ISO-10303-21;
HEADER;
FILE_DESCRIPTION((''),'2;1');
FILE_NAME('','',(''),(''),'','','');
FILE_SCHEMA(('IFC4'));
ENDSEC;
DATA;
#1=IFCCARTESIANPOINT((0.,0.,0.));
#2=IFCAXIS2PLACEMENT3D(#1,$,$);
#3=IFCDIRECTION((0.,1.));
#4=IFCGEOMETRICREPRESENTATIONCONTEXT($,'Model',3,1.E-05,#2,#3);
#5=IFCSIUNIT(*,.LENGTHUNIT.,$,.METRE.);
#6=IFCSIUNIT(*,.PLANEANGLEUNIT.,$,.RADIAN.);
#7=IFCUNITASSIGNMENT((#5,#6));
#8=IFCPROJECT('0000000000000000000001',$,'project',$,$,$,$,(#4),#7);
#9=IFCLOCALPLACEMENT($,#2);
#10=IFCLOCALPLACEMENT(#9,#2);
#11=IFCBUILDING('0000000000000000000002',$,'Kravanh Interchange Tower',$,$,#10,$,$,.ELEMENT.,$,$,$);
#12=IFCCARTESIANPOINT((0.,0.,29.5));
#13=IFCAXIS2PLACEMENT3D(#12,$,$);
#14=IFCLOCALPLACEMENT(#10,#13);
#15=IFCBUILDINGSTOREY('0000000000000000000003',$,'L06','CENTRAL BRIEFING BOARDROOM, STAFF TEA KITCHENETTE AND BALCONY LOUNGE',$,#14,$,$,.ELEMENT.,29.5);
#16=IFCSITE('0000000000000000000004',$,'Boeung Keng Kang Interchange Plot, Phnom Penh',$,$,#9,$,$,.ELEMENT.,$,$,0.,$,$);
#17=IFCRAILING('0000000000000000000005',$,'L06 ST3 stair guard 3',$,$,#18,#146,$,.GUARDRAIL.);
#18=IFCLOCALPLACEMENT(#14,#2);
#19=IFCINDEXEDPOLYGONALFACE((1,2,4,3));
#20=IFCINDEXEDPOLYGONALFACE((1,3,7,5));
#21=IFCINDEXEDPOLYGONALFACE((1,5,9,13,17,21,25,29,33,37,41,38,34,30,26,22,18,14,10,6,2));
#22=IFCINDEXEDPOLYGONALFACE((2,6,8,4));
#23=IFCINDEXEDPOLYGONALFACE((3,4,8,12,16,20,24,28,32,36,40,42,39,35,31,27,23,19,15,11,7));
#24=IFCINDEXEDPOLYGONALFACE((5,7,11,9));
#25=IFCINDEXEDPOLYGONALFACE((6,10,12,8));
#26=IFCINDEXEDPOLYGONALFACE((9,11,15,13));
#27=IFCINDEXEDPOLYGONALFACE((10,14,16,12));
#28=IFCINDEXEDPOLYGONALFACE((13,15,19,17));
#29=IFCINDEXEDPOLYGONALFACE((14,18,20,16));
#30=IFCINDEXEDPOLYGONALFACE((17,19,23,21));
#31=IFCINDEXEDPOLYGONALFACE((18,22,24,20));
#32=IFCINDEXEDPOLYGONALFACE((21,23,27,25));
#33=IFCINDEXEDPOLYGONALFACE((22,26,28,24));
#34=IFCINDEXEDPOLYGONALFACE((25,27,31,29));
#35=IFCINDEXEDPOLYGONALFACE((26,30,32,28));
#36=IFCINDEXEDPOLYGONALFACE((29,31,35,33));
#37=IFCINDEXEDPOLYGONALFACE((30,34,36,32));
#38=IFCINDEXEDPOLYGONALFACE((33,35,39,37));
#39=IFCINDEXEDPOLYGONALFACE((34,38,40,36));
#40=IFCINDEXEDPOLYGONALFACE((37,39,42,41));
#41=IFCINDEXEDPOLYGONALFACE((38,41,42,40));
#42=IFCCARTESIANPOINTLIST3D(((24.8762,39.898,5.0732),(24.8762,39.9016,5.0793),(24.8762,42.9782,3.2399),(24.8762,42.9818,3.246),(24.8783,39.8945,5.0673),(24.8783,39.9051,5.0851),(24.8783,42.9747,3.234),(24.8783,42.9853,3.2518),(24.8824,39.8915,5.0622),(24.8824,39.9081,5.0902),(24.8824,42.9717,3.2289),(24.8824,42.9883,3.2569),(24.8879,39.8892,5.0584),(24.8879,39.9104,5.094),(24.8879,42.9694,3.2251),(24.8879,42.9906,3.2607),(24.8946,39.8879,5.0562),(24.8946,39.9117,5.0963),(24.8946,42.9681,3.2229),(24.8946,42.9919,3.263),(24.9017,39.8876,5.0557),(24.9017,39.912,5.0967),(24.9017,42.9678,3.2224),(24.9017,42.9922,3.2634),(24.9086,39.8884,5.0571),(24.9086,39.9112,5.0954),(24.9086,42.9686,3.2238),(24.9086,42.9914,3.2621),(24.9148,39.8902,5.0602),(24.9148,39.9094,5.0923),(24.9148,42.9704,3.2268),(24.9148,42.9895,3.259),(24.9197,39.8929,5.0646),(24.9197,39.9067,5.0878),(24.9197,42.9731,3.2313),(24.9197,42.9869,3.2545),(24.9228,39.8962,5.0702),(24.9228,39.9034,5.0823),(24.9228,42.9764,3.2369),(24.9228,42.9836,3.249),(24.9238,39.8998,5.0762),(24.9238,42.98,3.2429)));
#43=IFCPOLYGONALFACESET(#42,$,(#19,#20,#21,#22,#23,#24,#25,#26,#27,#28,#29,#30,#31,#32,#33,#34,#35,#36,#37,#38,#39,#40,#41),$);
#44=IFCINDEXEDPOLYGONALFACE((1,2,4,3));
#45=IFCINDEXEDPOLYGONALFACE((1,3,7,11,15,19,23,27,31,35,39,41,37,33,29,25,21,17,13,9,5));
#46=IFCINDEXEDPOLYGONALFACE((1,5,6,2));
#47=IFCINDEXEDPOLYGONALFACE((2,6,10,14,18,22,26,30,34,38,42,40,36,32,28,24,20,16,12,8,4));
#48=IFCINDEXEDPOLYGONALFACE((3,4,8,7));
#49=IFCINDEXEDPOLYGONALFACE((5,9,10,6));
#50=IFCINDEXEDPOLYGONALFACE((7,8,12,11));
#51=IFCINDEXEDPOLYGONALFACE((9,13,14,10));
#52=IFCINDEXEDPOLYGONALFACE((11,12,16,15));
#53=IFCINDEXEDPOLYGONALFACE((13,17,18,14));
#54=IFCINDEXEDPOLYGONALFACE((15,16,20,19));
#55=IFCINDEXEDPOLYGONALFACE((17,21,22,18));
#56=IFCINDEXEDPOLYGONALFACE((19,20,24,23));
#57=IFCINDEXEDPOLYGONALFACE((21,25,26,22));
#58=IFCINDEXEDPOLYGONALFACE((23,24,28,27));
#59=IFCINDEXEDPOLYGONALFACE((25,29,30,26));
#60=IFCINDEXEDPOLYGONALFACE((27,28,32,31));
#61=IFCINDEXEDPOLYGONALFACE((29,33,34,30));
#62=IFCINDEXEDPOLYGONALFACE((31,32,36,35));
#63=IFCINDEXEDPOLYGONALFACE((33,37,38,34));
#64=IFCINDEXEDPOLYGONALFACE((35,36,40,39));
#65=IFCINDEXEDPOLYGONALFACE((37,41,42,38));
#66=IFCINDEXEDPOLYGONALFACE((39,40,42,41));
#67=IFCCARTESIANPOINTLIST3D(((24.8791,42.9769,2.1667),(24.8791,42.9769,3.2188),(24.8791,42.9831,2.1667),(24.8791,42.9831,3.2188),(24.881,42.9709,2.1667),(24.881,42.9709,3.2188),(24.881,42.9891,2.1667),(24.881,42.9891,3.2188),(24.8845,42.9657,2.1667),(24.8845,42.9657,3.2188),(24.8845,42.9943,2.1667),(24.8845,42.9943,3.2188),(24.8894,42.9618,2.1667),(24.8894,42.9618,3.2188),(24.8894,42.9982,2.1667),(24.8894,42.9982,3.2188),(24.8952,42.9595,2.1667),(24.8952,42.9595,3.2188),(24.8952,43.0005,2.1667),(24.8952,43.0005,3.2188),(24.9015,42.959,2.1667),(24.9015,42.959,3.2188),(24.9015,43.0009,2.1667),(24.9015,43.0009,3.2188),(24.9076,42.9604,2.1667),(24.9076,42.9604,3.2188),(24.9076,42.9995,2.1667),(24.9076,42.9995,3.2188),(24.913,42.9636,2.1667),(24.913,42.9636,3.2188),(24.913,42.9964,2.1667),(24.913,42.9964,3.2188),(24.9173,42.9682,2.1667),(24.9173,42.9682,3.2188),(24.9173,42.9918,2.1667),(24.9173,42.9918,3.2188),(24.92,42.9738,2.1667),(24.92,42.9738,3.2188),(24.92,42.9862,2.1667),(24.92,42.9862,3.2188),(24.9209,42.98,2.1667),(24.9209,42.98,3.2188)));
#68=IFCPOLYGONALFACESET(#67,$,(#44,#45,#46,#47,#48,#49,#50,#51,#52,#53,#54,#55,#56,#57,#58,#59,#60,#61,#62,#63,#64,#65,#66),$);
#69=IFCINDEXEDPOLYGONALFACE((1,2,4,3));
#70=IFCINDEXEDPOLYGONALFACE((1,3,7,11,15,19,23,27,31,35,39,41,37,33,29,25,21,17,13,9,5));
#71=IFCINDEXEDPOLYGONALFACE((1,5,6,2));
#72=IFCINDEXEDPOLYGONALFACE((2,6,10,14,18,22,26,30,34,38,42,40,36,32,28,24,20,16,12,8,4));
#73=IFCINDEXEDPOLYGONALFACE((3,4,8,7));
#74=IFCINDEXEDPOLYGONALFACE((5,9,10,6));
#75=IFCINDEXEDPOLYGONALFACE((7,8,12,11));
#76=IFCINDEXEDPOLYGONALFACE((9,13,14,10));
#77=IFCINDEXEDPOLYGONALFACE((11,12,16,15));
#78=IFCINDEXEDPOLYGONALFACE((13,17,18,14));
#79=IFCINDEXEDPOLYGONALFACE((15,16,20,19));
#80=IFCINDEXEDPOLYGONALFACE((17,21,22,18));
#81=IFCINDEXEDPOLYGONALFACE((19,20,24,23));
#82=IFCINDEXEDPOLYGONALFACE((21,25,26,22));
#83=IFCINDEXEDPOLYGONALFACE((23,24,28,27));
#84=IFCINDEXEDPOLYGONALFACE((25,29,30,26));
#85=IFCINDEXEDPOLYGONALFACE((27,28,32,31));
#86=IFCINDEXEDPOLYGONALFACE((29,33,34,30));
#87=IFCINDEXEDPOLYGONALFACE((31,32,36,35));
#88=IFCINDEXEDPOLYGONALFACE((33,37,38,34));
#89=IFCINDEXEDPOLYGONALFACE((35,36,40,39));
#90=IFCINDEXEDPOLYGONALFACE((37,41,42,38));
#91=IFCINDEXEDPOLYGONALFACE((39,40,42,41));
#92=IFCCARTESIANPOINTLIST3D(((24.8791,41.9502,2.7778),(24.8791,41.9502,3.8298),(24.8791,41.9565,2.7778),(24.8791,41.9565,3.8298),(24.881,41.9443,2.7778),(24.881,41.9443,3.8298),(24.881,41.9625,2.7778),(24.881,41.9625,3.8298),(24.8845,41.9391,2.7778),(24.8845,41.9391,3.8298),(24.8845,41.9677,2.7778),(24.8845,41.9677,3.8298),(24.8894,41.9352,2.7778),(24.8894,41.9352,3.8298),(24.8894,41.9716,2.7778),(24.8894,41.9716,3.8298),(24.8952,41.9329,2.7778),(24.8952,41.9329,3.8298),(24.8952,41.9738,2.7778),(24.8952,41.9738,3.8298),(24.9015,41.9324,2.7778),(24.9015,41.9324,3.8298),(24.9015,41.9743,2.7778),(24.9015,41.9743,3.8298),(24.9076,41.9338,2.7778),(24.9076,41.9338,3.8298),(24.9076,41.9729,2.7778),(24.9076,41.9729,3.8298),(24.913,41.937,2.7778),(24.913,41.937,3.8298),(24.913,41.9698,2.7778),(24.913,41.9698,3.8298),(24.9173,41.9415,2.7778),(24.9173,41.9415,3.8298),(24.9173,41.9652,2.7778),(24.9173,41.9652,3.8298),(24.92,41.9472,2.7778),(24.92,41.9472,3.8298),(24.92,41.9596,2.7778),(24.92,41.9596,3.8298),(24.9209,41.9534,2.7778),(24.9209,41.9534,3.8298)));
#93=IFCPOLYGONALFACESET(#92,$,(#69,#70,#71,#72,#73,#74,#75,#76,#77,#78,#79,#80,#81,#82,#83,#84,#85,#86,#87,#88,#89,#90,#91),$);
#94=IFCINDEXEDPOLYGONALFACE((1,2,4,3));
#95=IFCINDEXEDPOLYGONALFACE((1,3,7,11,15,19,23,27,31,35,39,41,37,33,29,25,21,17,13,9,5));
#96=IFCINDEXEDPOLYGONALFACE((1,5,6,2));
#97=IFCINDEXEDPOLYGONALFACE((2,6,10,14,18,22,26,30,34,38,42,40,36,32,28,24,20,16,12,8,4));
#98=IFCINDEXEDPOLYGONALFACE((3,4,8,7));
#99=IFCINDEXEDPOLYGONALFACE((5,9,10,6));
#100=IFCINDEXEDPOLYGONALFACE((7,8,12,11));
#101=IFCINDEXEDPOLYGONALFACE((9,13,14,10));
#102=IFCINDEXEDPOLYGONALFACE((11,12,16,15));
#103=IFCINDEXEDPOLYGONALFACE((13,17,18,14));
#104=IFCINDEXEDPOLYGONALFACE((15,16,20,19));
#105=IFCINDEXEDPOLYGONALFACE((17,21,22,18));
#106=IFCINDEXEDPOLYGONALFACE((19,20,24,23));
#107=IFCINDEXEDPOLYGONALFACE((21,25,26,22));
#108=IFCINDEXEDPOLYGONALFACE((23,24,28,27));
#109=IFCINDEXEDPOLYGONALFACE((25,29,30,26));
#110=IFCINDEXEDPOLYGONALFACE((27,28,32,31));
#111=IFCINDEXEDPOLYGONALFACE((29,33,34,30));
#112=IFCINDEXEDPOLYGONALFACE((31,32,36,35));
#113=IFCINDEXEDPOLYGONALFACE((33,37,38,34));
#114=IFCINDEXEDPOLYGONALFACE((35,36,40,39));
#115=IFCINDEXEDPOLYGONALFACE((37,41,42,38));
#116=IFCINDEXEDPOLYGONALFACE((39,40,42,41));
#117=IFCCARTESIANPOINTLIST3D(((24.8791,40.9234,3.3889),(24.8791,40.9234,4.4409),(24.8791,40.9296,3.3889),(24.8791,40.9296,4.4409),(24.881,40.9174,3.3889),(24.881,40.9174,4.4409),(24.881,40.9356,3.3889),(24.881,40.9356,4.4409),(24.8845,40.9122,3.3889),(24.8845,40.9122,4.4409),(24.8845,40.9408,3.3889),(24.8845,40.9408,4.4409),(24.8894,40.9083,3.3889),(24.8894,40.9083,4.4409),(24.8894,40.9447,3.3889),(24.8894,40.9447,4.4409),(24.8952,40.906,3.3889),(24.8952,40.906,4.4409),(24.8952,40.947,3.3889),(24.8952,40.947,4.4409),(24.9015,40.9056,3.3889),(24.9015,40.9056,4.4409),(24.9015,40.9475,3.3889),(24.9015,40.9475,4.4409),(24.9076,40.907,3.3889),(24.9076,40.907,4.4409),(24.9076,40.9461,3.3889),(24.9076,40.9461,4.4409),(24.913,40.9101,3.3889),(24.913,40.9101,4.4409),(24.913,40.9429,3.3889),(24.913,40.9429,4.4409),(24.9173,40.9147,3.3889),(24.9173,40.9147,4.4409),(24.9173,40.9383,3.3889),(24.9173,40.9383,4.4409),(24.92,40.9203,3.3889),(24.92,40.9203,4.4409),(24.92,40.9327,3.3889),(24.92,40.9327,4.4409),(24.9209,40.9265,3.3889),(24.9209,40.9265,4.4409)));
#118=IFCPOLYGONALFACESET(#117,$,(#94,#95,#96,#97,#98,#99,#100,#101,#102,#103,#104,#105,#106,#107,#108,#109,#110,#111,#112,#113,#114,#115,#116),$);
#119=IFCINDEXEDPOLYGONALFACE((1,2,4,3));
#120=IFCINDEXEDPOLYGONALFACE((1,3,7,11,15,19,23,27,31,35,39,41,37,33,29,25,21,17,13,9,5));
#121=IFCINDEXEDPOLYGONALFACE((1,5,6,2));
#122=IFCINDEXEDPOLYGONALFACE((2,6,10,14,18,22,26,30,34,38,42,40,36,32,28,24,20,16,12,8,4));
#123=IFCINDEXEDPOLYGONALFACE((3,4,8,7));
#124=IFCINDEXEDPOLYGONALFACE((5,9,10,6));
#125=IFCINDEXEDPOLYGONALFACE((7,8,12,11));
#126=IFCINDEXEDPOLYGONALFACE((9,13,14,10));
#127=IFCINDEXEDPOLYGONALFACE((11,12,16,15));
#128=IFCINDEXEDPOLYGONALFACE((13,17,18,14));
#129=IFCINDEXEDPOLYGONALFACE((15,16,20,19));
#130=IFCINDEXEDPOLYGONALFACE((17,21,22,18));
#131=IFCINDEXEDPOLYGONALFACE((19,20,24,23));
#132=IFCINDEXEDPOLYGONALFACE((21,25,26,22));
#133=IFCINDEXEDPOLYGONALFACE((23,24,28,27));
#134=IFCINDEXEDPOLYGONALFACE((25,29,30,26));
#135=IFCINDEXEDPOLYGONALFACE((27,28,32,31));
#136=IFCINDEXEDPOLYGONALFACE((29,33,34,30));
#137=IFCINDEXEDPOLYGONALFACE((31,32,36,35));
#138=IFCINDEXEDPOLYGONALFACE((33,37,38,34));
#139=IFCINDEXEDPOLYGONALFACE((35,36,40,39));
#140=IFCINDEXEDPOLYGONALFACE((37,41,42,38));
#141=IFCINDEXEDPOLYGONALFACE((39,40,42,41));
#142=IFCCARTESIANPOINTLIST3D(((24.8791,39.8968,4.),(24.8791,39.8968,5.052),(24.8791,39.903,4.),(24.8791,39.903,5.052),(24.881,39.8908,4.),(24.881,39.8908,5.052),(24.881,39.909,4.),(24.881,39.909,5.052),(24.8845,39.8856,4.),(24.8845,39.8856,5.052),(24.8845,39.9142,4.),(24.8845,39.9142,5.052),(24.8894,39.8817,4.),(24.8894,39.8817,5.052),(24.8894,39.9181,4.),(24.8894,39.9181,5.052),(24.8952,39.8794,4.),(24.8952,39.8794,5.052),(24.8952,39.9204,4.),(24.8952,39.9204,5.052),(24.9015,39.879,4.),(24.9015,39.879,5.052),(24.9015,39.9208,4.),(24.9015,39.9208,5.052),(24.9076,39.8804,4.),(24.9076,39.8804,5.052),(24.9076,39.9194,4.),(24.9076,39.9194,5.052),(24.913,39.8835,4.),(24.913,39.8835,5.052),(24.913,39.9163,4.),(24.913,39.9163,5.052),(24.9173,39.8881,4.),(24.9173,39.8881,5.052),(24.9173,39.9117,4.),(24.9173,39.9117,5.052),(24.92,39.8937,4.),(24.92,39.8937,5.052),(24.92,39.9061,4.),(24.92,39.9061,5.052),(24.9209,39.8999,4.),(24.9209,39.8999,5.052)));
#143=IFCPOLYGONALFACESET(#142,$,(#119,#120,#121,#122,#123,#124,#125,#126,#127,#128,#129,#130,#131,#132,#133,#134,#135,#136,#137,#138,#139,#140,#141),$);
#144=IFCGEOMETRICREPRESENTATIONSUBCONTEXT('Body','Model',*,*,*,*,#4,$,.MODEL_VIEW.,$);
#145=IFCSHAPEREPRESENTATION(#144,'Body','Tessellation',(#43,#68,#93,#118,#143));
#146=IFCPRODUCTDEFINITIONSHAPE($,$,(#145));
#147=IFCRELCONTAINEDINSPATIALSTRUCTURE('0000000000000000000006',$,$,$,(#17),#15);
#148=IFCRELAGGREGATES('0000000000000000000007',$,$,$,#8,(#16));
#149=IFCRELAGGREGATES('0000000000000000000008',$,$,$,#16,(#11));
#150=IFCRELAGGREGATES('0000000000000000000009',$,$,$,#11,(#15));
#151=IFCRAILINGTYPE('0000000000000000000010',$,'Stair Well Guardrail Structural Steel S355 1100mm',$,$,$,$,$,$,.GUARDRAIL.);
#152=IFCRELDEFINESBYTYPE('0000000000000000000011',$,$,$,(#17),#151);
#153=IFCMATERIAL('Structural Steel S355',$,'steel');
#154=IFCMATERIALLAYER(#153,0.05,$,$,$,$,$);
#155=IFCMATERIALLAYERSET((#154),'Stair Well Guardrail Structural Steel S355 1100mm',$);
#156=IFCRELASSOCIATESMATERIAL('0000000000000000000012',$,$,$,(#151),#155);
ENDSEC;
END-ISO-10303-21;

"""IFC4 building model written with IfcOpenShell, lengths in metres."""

from ifc_helpers import new_model, si_unit, direction, frame, origin, origin_2d, place, context, subcontext, project, spatial, circle, extrude, material, layer, layer_set, type_object, element, save


model = new_model("IFC4")

# Units and contexts
model_context = context("Model", 3, precision=1e-05, world=origin(), true_north=direction((0.0, 1.0)))
body_context = subcontext(model_context, "Body", "Model", "MODEL_VIEW")
ifc_project = project(units=[si_unit("LENGTHUNIT", "METRE"), si_unit("PLANEANGLEUNIT", "RADIAN")], contexts=[model_context])

# Site, building, storey
site_placement = place(None, origin())
site = spatial("IfcSite", under=ifc_project, at=site_placement, Name="Boeung Keng Kang Interchange Plot, Phnom Penh", CompositionType="ELEMENT", RefElevation=0.0)
building_placement = place(site_placement, origin())
building = spatial("IfcBuilding", under=site, at=building_placement, Name="Kravanh Interchange Tower", CompositionType="ELEMENT")
storey_placement = place(building_placement, frame((0.0, 0.0, 29.5)))
storey = spatial("IfcBuildingStorey", under=building, at=storey_placement, Name="L06", Description="CENTRAL BRIEFING BOARDROOM, STAFF TEA KITCHENETTE AND BALCONY LOUNGE", CompositionType="ELEMENT", Elevation=29.5)

# Railing
ifc_material_1 = material(Name="Structural Steel S355", Category="steel")
ifc_layer_1 = layer(ifc_material_1, 0.05)
ifc_layer_set_1 = layer_set([ifc_layer_1], Name="Stair Well Guardrail Structural Steel S355 1100mm")
railing_type_1 = type_object("IfcRailingType", Name="Stair Well Guardrail Structural Steel S355 1100mm", PredefinedType="GUARDRAIL", material=ifc_layer_set_1)
railing_1_placement = place(storey_placement, frame((24.8999, 42.98, 2.1667)))
element("IfcRailing", 1, at=railing_1_placement, inside=storey, type_object=railing_type_1, Name="L06 ST3 stair guard 3", PredefinedType="GUARDRAIL", context=body_context, shape_type="SweptSolid", body=[
    extrude(circle(Radius=0.0239, at=origin_2d()), frame((0.0, 0.0, 1.0762), z_axis=(0.0, -0.859309, 0.511458), x_axis=(1.0, 0.0, 0.0)), (0.0, 0.0, 1.0), 3.5845),
    extrude(circle(Radius=0.021, at=origin_2d()), origin(), (0.0, 0.0, 1.0), 1.052),
    extrude(circle(Radius=0.021, at=origin_2d()), frame((0.0, -1.0266, 0.6111)), (0.0, 0.0, 1.0), 1.052),
    extrude(circle(Radius=0.021, at=origin_2d()), frame((0.0, -2.0535, 1.2222)), (0.0, 0.0, 1.0), 1.052),
    extrude(circle(Radius=0.021, at=origin_2d()), frame((0.0, -3.0801, 1.8333)), (0.0, 0.0, 1.0), 1.052),
])

save(model, "model.ifc")
